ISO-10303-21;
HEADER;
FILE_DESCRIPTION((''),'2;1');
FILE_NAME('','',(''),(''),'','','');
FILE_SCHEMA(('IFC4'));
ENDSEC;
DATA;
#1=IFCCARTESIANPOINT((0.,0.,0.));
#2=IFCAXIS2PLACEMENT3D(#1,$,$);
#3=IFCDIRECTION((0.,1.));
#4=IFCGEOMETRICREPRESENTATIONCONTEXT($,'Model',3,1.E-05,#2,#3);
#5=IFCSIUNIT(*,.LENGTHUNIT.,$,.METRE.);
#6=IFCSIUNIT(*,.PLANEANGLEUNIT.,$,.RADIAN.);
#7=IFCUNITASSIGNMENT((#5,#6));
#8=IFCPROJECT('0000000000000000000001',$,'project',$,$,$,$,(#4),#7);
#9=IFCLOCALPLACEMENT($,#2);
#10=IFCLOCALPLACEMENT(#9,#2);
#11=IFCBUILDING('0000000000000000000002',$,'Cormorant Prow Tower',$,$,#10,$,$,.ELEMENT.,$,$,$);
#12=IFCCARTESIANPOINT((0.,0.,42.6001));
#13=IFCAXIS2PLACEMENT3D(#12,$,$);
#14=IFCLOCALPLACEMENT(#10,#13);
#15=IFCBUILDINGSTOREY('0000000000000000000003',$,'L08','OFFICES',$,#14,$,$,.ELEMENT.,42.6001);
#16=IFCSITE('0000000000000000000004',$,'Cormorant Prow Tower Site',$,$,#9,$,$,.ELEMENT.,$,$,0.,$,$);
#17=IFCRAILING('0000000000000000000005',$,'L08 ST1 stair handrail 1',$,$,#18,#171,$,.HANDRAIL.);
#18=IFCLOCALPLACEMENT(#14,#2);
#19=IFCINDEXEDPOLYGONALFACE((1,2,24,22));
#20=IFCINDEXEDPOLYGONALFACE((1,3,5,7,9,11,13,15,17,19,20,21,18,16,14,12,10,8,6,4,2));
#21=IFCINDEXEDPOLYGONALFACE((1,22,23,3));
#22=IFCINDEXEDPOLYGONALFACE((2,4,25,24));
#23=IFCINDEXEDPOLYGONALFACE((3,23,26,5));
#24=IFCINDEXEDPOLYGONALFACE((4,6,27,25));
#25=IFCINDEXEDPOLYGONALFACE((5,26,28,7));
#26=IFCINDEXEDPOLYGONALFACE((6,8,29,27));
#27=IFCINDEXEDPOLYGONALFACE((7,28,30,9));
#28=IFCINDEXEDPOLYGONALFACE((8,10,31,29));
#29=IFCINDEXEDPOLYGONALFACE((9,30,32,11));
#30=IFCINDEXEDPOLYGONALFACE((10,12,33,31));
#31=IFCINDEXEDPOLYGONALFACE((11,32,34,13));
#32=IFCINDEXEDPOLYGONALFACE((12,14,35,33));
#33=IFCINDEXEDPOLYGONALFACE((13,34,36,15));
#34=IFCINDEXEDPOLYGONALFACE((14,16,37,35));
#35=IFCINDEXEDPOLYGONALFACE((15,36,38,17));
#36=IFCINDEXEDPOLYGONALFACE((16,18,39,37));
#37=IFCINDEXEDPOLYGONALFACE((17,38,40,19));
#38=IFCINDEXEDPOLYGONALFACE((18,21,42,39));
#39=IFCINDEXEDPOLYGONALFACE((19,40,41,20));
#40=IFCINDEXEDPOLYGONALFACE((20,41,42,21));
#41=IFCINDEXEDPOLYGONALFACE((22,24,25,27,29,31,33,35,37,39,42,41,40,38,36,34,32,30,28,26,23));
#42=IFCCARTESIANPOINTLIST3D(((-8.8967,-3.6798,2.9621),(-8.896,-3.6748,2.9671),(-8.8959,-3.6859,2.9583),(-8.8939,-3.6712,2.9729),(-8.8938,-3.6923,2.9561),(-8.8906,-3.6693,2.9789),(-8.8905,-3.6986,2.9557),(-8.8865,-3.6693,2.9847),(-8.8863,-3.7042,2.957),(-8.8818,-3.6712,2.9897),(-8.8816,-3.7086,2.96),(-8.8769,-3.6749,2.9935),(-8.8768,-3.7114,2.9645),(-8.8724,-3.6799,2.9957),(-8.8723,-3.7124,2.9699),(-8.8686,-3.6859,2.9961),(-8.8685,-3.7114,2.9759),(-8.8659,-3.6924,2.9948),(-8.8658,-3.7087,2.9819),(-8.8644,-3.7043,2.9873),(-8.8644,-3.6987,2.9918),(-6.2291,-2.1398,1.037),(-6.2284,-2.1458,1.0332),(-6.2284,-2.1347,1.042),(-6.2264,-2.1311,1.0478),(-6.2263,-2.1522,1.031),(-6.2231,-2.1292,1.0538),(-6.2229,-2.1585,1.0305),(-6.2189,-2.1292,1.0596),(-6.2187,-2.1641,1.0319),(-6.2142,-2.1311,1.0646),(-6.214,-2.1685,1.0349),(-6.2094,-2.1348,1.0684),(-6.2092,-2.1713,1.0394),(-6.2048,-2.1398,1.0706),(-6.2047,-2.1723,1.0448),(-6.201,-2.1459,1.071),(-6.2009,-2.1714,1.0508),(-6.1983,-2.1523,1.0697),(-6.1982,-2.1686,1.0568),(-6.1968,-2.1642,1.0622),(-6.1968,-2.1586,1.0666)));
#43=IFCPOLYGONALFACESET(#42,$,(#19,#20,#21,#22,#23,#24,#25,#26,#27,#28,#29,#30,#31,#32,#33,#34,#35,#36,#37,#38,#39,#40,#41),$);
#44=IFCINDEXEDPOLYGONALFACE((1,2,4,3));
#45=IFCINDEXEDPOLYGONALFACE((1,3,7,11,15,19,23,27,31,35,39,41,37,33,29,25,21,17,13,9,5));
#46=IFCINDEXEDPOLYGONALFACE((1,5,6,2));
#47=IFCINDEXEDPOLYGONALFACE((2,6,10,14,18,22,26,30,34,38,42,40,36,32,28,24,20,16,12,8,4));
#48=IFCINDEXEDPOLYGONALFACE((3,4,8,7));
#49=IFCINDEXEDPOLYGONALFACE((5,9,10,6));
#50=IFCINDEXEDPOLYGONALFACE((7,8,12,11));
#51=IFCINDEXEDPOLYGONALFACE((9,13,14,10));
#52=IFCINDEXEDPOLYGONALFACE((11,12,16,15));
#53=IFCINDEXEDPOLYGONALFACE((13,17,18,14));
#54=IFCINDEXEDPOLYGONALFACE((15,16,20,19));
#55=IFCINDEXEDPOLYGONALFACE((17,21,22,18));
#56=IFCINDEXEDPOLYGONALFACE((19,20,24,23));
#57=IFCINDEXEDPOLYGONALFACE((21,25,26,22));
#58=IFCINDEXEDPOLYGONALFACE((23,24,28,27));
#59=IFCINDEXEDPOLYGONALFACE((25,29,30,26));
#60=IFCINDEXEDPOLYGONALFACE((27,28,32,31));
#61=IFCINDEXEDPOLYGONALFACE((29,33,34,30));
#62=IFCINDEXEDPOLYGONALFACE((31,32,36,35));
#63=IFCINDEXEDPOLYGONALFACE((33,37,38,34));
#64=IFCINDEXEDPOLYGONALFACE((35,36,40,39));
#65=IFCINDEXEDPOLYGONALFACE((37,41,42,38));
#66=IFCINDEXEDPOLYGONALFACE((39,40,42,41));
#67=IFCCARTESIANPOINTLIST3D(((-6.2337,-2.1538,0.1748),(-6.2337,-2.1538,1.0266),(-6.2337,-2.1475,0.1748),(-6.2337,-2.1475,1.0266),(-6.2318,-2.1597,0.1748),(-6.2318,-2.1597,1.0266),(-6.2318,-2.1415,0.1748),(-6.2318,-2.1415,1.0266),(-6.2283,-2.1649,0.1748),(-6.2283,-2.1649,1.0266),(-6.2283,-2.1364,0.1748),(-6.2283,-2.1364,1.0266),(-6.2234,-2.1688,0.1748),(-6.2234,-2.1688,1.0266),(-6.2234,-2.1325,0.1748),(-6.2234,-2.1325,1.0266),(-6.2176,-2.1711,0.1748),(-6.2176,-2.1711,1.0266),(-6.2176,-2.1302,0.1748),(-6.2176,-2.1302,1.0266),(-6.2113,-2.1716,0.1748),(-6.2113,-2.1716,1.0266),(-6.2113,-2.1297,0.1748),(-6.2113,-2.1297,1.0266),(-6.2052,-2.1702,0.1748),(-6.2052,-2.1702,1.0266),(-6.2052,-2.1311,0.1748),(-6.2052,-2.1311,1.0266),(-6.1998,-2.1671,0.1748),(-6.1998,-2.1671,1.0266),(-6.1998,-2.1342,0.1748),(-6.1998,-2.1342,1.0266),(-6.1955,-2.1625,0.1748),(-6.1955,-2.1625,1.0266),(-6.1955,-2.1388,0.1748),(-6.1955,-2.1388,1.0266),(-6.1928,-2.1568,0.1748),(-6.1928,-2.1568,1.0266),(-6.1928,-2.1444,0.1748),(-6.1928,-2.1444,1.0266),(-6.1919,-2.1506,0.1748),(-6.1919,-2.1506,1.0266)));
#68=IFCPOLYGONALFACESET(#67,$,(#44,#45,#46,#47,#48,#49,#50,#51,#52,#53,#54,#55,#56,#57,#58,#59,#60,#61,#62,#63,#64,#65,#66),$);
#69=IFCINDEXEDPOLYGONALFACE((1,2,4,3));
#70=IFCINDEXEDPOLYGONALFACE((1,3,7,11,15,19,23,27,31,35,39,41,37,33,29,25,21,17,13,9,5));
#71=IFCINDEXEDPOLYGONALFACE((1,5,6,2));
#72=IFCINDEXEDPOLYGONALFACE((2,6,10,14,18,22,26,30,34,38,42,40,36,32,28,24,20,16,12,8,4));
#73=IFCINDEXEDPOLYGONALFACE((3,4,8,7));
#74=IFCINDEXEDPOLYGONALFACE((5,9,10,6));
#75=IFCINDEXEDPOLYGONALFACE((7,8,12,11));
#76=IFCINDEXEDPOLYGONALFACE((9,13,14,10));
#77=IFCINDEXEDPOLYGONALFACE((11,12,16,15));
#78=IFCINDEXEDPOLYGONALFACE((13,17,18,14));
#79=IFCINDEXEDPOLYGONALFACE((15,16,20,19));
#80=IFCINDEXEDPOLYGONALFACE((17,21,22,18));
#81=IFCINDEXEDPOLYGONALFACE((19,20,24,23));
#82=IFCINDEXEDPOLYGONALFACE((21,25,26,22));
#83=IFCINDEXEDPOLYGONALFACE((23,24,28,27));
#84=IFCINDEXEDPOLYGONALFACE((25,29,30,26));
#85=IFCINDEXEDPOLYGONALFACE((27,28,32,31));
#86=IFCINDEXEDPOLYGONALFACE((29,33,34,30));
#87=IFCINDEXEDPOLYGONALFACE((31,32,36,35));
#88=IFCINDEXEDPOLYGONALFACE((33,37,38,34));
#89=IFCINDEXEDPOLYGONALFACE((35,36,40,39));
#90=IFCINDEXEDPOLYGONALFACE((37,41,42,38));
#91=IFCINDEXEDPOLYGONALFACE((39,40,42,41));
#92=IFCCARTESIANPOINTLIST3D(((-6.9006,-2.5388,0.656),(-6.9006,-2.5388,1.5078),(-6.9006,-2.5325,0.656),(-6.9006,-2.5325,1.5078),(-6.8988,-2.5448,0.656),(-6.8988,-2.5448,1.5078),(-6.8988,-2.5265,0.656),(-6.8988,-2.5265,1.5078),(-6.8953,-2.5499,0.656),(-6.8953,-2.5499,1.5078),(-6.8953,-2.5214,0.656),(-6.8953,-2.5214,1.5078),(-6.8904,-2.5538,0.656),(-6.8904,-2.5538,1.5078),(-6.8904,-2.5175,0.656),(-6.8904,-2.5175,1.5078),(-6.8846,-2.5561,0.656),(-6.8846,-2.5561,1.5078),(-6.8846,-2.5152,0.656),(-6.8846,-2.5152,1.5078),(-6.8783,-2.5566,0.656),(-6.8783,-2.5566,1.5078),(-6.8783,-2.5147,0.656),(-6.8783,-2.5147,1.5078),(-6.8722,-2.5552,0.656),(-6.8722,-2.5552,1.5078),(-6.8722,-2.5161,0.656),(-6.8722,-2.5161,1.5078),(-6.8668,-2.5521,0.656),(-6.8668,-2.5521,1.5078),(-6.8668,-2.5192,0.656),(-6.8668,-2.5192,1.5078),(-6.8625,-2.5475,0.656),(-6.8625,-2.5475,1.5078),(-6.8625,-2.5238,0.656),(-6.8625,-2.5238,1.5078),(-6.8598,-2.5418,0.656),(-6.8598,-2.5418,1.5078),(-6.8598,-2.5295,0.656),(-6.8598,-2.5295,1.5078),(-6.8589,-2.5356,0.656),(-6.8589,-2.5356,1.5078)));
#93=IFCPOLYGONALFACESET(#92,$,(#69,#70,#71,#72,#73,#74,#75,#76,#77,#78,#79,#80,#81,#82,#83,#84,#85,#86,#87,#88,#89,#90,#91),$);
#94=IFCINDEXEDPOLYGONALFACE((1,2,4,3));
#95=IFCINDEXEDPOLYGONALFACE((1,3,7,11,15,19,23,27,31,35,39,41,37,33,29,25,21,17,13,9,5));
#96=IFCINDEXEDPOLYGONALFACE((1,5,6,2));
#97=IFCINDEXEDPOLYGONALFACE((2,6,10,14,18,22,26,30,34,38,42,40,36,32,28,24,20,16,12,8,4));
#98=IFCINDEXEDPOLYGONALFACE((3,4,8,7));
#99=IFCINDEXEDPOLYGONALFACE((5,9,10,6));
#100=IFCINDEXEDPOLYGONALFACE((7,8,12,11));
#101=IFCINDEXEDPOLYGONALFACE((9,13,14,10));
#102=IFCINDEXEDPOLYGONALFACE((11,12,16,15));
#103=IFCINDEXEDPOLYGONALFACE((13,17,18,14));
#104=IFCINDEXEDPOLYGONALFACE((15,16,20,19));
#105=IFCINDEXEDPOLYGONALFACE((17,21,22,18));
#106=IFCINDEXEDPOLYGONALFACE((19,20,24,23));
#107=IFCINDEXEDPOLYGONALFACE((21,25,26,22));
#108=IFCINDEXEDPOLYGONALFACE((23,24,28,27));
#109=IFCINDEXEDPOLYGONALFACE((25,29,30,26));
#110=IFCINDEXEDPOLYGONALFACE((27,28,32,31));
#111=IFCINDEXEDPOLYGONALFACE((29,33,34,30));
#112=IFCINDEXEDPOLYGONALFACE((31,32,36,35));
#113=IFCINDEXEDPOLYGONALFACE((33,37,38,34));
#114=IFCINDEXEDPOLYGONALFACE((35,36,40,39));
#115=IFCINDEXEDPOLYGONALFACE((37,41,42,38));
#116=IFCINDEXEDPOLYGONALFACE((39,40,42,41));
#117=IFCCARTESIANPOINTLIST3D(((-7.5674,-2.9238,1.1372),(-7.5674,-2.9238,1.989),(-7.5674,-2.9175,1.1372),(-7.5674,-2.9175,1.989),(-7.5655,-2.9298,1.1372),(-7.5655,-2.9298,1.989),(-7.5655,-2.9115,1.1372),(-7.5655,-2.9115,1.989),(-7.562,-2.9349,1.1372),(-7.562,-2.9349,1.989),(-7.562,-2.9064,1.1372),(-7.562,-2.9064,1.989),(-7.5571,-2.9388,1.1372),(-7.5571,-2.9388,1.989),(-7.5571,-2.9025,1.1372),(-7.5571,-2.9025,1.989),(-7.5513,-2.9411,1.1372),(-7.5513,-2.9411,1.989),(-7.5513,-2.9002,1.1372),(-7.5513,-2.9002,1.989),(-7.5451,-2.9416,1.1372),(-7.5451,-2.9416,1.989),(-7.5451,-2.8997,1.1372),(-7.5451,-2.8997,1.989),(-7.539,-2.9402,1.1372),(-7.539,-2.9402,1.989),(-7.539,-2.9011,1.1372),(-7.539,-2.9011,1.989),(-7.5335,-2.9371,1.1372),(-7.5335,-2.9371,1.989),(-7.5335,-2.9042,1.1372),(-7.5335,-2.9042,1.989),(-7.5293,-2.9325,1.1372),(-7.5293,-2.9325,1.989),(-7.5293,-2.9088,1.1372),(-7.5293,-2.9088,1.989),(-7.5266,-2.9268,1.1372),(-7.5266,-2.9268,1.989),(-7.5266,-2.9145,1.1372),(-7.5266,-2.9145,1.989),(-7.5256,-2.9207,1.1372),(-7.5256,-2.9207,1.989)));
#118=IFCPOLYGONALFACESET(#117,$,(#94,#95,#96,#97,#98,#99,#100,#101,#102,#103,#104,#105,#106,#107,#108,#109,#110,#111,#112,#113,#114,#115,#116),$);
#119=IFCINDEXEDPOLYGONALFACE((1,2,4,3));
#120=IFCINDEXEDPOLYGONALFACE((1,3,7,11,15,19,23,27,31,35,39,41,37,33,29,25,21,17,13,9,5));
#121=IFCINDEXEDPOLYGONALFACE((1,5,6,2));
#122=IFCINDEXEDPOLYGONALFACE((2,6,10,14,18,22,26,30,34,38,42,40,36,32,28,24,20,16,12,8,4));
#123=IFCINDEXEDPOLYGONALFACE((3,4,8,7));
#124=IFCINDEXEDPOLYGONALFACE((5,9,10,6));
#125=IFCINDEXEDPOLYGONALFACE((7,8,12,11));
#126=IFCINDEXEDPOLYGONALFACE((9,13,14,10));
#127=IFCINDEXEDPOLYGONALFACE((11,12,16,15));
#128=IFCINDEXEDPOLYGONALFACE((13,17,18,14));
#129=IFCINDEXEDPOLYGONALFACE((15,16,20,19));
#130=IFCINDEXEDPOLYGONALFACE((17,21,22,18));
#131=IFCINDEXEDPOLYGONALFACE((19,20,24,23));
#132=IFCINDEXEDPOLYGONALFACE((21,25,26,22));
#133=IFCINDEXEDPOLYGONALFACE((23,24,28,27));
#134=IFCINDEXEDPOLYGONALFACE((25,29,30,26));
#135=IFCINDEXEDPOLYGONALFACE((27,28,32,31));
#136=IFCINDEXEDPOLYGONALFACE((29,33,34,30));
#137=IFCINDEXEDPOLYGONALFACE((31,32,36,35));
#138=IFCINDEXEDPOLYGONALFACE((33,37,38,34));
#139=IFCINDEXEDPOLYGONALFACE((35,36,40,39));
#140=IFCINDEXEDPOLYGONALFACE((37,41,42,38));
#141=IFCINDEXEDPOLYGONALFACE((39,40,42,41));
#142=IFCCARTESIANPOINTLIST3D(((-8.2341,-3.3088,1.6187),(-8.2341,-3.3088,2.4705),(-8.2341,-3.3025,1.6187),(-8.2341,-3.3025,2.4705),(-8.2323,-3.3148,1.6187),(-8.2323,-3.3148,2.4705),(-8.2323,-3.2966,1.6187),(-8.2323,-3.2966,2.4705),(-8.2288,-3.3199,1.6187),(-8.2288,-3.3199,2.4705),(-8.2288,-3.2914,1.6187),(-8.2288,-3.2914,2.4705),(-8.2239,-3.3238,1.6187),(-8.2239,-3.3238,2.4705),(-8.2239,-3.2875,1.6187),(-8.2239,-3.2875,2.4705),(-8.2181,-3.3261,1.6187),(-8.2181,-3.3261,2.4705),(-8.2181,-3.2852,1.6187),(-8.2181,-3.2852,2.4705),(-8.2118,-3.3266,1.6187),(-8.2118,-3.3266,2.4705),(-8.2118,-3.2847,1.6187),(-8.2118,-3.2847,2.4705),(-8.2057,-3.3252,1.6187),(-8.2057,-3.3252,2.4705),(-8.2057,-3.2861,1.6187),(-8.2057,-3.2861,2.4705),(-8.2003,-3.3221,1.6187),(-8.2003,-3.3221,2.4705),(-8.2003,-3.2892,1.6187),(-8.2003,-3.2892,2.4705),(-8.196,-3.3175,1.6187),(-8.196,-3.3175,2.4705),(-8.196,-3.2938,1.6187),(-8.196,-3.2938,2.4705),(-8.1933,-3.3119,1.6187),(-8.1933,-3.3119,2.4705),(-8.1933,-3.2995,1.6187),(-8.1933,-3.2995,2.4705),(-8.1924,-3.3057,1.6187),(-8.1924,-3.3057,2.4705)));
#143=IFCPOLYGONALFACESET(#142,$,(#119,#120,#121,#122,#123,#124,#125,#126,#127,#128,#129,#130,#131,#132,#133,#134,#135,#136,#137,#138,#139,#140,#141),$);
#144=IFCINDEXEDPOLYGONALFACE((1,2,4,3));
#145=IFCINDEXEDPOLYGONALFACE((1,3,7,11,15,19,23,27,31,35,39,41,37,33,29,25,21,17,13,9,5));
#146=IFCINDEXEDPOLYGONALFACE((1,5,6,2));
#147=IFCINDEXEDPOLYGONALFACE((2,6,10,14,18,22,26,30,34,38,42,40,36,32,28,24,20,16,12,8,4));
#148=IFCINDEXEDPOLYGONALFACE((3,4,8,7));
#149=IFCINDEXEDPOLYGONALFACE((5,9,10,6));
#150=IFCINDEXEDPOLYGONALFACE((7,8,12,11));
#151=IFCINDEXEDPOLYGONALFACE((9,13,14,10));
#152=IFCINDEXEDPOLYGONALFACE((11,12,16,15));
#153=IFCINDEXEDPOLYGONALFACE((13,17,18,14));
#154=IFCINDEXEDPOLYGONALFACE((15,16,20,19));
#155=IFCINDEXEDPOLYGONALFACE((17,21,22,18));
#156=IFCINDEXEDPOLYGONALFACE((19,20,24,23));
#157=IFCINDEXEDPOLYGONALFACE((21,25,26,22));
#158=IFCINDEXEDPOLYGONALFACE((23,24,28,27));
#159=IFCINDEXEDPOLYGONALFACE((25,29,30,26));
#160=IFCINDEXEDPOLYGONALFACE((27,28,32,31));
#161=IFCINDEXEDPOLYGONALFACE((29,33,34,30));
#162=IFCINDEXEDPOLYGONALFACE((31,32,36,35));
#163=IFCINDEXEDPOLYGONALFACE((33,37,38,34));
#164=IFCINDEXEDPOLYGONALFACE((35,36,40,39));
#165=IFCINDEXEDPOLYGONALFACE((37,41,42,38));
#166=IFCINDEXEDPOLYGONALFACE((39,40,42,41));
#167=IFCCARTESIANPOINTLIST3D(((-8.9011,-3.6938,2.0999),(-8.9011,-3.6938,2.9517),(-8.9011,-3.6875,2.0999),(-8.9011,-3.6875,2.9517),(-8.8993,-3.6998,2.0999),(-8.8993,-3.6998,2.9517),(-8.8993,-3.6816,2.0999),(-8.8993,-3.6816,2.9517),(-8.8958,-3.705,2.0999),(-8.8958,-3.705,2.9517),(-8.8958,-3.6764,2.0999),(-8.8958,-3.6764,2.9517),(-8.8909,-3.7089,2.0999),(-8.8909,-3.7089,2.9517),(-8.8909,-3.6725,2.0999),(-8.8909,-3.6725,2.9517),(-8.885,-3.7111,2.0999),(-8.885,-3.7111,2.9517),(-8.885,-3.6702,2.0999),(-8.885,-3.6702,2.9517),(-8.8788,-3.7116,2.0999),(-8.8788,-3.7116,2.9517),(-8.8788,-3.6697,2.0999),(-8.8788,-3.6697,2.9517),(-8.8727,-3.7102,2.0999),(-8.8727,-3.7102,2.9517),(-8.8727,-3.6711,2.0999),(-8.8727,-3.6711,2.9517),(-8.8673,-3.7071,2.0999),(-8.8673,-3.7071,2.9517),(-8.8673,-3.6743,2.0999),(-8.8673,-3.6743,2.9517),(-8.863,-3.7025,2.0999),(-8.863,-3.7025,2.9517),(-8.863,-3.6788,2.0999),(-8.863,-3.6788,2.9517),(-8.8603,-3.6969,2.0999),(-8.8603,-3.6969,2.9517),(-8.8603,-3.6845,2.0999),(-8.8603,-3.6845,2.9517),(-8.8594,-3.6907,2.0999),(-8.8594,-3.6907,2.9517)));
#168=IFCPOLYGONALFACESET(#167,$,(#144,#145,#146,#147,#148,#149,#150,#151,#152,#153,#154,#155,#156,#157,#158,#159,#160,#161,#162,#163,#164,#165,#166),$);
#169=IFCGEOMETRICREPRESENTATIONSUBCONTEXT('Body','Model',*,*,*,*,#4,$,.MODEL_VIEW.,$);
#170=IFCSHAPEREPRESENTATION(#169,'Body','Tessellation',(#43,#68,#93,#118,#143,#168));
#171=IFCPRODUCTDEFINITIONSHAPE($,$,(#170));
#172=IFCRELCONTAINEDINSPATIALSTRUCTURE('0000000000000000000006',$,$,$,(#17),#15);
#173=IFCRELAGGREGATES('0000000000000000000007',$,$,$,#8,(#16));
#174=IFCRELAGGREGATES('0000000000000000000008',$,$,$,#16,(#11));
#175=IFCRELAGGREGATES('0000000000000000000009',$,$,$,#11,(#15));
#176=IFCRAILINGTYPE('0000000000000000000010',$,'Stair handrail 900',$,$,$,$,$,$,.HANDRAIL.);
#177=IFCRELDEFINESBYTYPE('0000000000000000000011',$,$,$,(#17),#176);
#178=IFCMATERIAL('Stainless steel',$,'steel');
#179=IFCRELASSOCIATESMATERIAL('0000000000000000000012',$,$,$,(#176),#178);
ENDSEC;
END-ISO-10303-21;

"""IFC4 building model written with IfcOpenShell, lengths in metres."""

from ifc_helpers import new_model, si_unit, direction, frame, origin, origin_2d, place, context, subcontext, project, spatial, circle, extrude, material, type_object, element, save


model = new_model("IFC4")

# Units and contexts
model_context = context("Model", 3, precision=1e-05, world=origin(), true_north=direction((0.0, 1.0)))
body_context = subcontext(model_context, "Body", "Model", "MODEL_VIEW")
ifc_project = project(units=[si_unit("LENGTHUNIT", "METRE"), si_unit("PLANEANGLEUNIT", "RADIAN")], contexts=[model_context])

# Site, building, storey
site_placement = place(None, origin())
site = spatial("IfcSite", under=ifc_project, at=site_placement, Name="Cormorant Prow Tower Site", CompositionType="ELEMENT", RefElevation=0.0)
building_placement = place(site_placement, origin())
building = spatial("IfcBuilding", under=site, at=building_placement, Name="Cormorant Prow Tower", CompositionType="ELEMENT")
storey_placement = place(building_placement, frame((0.0, 0.0, 42.6001)))
storey = spatial("IfcBuildingStorey", under=building, at=storey_placement, Name="L08", Description="OFFICES", CompositionType="ELEMENT", Elevation=42.6001)

# Railing
ifc_material_1 = material(Name="Stainless steel", Category="steel")
railing_type_1 = type_object("IfcRailingType", Name="Stair handrail 900", PredefinedType="HANDRAIL", material=ifc_material_1)
railing_1_placement = place(storey_placement, frame((-6.2129, -2.1506, 0.1748)))
element("IfcRailing", 1, at=railing_1_placement, inside=storey, type_object=railing_type_1, Name="L08 ST1 stair handrail 1", PredefinedType="HANDRAIL", context=body_context, shape_type="SweptSolid", body=[
    extrude(circle(Radius=0.0239, at=origin_2d()), frame((0.0, 0.0, 0.876), z_axis=(-0.734395, -0.423994, 0.529993), x_axis=(0.499992, -0.86603, 0.0)), (0.0, 0.0, 1.0), 3.6323),
    extrude(circle(Radius=0.021, at=origin_2d()), origin(), (0.0, 0.0, 1.0), 0.8518),
    extrude(circle(Radius=0.021, at=origin_2d()), frame((-0.667, -0.385, 0.4812)), (0.0, 0.0, 1.0), 0.8518),
    extrude(circle(Radius=0.021, at=origin_2d()), frame((-1.3337, -0.77, 0.9624)), (0.0, 0.0, 1.0), 0.8518),
    extrude(circle(Radius=0.021, at=origin_2d()), frame((-2.0005, -1.155, 1.4438)), (0.0, 0.0, 1.0), 0.8518),
    extrude(circle(Radius=0.021, at=origin_2d()), frame((-2.6675, -1.54, 1.925)), (0.0, 0.0, 1.0), 0.8518),
])

save(model, "model.ifc")
